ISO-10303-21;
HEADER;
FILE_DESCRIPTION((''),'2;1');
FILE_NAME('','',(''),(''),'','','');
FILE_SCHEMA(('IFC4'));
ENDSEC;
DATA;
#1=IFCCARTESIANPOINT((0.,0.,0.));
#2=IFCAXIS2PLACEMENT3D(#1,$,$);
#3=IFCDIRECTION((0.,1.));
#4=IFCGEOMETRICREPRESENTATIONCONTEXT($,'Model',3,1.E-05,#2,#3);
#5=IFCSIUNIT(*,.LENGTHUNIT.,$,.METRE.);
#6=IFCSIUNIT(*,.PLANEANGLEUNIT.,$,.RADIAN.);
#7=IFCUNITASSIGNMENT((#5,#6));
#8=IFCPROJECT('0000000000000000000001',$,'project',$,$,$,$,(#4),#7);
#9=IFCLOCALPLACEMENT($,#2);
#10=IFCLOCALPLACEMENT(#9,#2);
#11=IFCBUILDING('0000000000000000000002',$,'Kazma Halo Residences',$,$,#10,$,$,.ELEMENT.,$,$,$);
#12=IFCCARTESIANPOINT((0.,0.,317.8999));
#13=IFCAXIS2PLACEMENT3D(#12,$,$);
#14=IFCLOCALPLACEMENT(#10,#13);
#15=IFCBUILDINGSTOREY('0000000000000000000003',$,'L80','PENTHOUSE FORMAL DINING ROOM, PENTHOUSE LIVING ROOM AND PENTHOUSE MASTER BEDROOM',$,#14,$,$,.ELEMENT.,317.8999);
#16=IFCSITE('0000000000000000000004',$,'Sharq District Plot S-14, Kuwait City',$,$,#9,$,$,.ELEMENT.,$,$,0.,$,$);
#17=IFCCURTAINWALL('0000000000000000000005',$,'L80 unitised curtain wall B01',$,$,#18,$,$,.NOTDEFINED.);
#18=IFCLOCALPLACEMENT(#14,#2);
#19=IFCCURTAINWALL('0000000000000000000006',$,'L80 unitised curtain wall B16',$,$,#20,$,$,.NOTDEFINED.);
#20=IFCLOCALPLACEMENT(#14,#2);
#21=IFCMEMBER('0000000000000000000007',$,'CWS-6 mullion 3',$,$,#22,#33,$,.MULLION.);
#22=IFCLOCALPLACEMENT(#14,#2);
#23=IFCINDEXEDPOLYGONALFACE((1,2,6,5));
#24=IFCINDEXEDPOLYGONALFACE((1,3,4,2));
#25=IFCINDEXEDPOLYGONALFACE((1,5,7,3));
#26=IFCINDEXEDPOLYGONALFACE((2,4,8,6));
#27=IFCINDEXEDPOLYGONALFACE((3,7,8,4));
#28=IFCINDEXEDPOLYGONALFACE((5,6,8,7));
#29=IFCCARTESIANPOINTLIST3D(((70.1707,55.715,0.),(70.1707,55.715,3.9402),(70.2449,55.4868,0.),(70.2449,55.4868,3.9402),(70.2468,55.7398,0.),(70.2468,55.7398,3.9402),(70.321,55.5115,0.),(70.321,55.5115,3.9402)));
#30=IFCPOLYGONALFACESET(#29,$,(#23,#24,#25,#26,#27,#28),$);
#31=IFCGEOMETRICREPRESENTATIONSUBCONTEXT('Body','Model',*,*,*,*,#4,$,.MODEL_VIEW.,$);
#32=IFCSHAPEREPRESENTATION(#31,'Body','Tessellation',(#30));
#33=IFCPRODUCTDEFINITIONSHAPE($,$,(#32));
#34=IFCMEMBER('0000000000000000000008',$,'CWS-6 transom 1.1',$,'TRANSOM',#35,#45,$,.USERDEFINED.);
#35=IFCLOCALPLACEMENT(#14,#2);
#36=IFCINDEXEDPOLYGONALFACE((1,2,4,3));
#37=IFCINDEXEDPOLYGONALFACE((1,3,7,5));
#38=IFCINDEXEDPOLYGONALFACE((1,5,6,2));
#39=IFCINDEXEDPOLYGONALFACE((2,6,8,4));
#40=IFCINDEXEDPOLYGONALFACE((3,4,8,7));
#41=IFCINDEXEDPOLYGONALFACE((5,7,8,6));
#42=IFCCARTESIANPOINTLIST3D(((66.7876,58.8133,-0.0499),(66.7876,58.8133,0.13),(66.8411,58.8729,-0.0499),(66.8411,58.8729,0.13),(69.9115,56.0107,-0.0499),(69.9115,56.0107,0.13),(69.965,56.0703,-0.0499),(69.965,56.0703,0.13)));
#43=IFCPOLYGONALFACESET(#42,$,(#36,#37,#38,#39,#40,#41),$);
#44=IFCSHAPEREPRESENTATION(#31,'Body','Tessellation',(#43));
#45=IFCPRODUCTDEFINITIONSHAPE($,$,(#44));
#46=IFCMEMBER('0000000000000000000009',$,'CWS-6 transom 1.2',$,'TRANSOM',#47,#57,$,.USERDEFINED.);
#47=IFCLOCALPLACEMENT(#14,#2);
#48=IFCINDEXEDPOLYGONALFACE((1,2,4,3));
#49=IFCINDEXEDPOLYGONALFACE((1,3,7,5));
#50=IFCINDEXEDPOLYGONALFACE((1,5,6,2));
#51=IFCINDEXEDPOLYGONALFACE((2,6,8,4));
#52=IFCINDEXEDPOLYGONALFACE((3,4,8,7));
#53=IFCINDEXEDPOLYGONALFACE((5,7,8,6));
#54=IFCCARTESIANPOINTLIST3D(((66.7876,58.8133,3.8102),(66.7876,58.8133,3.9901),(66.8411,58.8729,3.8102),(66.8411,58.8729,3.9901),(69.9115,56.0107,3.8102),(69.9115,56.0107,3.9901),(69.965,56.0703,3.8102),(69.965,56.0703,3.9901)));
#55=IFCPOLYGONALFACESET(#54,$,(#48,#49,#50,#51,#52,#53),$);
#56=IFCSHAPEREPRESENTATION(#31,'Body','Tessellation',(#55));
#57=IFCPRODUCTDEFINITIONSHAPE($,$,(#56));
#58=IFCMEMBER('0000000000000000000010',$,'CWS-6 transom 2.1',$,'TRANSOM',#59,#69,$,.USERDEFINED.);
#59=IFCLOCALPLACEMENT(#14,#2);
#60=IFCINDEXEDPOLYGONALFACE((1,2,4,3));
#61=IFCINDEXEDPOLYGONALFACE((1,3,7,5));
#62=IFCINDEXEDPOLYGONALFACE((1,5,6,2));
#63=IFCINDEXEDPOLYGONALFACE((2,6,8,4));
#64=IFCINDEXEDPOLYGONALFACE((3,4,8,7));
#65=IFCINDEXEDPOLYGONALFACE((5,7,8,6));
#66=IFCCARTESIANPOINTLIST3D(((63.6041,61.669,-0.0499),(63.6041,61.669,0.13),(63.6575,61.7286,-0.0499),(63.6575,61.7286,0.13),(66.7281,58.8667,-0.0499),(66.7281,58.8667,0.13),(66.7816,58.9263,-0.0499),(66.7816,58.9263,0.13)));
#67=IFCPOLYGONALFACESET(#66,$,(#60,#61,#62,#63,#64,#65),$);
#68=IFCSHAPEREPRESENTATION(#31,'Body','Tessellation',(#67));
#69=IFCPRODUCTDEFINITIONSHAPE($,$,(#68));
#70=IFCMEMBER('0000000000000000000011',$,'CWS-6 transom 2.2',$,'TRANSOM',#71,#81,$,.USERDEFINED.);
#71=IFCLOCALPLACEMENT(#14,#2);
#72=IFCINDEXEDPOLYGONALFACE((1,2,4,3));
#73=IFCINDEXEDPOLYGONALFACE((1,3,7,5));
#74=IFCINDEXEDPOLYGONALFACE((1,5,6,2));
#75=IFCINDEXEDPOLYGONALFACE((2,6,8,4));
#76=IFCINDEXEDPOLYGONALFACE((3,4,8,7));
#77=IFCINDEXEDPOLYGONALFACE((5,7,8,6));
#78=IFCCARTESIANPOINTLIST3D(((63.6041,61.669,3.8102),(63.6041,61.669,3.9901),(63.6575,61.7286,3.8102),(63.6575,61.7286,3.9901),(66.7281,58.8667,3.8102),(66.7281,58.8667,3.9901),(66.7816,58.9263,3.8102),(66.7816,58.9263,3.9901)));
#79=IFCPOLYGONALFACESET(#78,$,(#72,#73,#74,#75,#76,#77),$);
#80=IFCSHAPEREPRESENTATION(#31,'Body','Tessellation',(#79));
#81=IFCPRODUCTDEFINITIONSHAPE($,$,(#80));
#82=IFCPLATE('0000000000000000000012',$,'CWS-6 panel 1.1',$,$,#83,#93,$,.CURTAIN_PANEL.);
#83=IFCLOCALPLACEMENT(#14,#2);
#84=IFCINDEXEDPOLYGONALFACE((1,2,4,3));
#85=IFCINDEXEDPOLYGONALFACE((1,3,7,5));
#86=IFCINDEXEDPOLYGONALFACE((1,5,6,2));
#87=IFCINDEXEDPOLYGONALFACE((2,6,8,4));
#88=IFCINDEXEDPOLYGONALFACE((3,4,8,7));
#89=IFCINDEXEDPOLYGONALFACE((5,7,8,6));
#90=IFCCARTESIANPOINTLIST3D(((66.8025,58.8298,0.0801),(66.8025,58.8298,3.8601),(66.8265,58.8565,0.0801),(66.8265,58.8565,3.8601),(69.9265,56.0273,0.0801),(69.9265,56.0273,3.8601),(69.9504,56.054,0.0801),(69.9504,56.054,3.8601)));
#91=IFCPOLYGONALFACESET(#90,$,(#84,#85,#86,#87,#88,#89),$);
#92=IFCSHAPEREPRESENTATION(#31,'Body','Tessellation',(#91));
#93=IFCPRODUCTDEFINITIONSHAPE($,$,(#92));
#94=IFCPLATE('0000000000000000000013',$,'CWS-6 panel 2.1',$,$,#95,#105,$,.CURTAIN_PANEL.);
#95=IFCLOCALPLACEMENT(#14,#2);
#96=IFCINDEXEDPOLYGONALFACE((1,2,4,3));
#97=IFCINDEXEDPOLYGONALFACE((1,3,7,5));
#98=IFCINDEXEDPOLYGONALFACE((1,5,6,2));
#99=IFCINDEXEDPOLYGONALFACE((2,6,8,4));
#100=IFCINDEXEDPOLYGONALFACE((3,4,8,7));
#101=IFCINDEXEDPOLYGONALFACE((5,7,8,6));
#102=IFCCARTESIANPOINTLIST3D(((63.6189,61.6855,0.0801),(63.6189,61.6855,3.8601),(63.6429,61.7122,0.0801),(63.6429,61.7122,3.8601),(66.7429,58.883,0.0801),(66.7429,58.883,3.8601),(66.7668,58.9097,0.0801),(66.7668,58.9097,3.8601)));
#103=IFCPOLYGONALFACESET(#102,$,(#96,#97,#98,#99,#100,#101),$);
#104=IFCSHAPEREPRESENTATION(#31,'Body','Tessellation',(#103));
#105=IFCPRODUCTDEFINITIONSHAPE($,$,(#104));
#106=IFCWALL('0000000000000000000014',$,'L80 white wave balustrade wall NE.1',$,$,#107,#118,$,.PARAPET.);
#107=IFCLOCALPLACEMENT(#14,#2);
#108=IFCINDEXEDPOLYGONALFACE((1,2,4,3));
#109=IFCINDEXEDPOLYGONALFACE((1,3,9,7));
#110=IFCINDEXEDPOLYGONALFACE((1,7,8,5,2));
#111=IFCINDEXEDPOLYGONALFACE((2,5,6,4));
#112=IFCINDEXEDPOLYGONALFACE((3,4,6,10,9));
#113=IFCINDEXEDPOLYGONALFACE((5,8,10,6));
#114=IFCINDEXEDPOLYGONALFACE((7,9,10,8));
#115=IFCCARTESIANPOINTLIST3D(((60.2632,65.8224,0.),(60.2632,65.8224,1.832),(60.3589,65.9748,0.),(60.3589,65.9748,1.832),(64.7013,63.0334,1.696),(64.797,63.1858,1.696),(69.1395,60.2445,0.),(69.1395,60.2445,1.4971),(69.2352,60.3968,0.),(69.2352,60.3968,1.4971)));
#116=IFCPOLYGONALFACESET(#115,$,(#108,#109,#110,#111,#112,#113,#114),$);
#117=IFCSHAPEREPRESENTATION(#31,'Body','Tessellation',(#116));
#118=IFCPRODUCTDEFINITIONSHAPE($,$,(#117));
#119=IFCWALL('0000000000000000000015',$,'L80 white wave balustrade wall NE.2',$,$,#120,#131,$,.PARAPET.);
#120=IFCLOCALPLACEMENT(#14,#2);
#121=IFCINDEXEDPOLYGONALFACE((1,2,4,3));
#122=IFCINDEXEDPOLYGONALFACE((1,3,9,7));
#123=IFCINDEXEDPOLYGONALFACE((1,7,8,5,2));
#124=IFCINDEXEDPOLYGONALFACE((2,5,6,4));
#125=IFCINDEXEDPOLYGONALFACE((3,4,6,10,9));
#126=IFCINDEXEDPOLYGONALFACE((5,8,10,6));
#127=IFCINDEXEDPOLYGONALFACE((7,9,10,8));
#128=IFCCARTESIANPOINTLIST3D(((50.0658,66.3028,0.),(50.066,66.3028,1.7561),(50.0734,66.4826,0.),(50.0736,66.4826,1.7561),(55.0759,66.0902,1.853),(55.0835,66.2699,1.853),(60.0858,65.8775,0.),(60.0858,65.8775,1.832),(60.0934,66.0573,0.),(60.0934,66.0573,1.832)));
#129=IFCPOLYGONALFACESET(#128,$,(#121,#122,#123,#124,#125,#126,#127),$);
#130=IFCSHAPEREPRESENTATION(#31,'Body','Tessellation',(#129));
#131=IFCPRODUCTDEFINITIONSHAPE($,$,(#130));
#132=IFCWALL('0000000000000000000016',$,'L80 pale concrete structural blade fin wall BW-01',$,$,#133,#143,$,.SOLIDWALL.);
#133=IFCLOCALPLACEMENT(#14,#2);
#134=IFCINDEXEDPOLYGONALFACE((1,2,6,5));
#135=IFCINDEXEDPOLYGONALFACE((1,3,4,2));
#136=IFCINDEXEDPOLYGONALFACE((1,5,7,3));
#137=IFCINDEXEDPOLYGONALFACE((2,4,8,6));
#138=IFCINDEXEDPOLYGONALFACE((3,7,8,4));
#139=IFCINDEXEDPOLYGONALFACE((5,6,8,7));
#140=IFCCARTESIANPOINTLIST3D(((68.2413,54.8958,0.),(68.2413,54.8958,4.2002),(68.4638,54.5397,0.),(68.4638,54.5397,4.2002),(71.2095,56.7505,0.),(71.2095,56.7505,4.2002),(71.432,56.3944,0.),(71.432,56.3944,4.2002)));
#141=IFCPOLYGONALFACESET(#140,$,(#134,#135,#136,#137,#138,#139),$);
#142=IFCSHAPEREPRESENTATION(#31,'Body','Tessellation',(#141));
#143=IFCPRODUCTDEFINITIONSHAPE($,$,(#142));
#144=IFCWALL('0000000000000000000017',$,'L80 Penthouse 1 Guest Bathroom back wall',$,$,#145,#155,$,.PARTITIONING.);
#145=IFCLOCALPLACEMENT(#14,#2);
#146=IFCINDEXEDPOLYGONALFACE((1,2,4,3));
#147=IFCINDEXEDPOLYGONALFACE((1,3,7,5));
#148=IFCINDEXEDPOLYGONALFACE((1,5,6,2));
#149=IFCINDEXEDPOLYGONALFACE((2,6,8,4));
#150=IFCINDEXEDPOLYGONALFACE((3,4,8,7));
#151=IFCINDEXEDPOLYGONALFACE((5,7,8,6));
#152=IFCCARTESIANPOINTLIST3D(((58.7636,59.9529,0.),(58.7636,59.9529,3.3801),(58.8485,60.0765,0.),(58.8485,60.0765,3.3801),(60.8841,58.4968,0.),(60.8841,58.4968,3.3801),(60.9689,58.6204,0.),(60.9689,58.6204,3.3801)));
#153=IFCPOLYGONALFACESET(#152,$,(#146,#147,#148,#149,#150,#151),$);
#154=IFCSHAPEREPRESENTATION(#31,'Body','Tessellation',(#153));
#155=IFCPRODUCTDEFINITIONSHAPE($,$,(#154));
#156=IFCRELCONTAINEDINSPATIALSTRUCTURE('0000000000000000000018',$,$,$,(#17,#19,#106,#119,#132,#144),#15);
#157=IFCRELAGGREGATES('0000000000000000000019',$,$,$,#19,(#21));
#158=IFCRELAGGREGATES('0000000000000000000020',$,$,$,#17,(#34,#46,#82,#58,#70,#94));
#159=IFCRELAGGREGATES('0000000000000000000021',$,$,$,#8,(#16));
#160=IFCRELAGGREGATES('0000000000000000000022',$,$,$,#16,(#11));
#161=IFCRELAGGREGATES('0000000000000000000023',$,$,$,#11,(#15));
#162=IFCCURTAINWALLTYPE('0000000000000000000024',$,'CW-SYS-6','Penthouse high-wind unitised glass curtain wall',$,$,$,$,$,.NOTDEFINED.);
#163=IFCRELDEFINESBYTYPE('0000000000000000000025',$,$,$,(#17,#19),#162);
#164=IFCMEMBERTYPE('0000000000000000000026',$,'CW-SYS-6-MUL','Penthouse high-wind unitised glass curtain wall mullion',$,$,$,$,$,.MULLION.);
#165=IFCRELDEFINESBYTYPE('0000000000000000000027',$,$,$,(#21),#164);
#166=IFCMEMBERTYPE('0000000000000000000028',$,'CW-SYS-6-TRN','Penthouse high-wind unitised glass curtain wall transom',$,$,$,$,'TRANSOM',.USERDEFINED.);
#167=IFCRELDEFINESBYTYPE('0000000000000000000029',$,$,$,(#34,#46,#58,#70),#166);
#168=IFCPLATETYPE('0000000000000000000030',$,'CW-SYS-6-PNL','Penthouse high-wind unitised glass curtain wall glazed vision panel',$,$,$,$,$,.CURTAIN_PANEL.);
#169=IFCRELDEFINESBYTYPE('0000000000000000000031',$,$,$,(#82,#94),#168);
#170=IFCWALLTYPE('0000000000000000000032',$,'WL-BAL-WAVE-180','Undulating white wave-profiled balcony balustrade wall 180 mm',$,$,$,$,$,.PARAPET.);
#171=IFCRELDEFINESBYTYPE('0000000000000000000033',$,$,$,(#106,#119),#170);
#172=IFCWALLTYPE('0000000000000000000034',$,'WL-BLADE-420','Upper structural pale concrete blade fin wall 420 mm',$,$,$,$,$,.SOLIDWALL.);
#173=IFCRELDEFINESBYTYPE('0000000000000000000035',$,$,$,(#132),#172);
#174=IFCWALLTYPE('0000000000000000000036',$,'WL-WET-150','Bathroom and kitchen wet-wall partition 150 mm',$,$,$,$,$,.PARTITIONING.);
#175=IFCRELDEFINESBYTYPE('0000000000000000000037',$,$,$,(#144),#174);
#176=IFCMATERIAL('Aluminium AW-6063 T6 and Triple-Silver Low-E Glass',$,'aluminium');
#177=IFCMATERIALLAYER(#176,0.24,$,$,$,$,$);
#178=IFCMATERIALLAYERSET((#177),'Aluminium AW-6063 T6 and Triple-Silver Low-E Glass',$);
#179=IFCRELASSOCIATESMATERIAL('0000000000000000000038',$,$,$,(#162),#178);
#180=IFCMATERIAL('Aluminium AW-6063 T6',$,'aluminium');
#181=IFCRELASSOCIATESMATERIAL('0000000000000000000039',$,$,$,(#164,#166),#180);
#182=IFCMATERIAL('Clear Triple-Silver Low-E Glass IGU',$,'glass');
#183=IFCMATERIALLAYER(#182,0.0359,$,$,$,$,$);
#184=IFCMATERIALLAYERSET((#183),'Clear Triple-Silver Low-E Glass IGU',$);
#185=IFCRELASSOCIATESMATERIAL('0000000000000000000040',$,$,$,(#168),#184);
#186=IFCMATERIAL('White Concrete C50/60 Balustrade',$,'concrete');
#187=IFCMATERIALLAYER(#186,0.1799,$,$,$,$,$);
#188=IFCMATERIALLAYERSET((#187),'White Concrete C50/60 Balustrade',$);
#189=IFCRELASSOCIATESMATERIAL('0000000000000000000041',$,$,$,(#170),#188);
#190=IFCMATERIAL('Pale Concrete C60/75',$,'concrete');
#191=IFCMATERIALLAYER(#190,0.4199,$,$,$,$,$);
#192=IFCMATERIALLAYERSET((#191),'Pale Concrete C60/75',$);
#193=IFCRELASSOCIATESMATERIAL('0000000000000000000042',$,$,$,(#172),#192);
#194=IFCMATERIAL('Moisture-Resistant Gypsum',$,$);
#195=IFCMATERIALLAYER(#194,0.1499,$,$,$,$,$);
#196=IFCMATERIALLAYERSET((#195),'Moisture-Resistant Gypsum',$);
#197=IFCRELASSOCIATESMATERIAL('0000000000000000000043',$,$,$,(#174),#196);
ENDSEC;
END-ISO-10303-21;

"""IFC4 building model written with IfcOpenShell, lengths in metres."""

from ifc_helpers import new_model, si_unit, direction, frame, frame_2d, origin, origin_2d, place, context, subcontext, project, spatial, polyline, rectangle, outline, extrude, material, layer, layer_set, material_profile, profile_set, type_object, element, aggregate, save


model = new_model("IFC4")

# Units and contexts
model_context = context("Model", 3, precision=1e-05, world=origin(), true_north=direction((0.0, 1.0)))
body_context = subcontext(model_context, "Body", "Model", "MODEL_VIEW")
ifc_project = project(units=[si_unit("LENGTHUNIT", "METRE"), si_unit("PLANEANGLEUNIT", "RADIAN")], contexts=[model_context])

# Site, building, storey
site_placement = place(None, origin())
site = spatial("IfcSite", under=ifc_project, at=site_placement, Name="Sharq District Plot S-14, Kuwait City", CompositionType="ELEMENT", RefElevation=0.0)
building_placement = place(site_placement, origin())
building = spatial("IfcBuilding", under=site, at=building_placement, Name="Kazma Halo Residences", CompositionType="ELEMENT")
storey_placement = place(building_placement, frame((0.0, 0.0, 317.8999)))
storey = spatial("IfcBuildingStorey", under=building, at=storey_placement, Name="L80", Description="PENTHOUSE FORMAL DINING ROOM, PENTHOUSE LIVING ROOM AND PENTHOUSE MASTER BEDROOM", CompositionType="ELEMENT", Elevation=317.8999)

# Curtain wall
ifc_material_1 = material(Name="Aluminium AW-6063 T6 and Triple-Silver Low-E Glass", Category="aluminium")
ifc_layer_1 = layer(ifc_material_1, 0.24)
ifc_layer_set_1 = layer_set([ifc_layer_1], Name="Aluminium AW-6063 T6 and Triple-Silver Low-E Glass")
curtain_wall_type = type_object("IfcCurtainWallType", Name="CW-SYS-6", Description="Penthouse high-wind unitised glass curtain wall", PredefinedType="NOTDEFINED", material=ifc_layer_set_1)
curtain_wall_1_placement = place(storey_placement, origin())
curtain_wall_1 = element("IfcCurtainWall", 1, at=curtain_wall_1_placement, inside=storey, type_object=curtain_wall_type, Name="L80 unitised curtain wall B01", PredefinedType="NOTDEFINED")
ifc_material_2 = material(Name="Aluminium AW-6063 T6", Category="aluminium")
ifc_material_profile_1 = material_profile(ifc_material_2, rectangle(XDim=0.0801, YDim=0.24, at=origin_2d()), Name="CWM-80x240")
ifc_profile_set_1 = profile_set([ifc_material_profile_1], Name="Aluminium AW-6063 T6")
member_type_1 = type_object("IfcMemberType", Name="CW-SYS-6-MUL", Description="Penthouse high-wind unitised glass curtain wall mullion", PredefinedType="MULLION", material=ifc_profile_set_1)

# Curtain wall, member
curtain_wall_2_placement = place(storey_placement, origin())
curtain_wall_2 = element("IfcCurtainWall", 2, at=curtain_wall_2_placement, inside=storey, type_object=curtain_wall_type, Name="L80 unitised curtain wall B16", PredefinedType="NOTDEFINED")
member_1_placement = place(storey_placement, frame((70.2458, 55.6133, 0.0), z_axis=(0.0, 0.0, 1.0), x_axis=(-0.951056, -0.309019, 0.0)))
member_1 = element("IfcMember", 3, at=member_1_placement, type_object=member_type_1, Name="CWS-6 mullion 3", PredefinedType="MULLION", context=body_context, shape_type="SweptSolid", body=[
    extrude(rectangle(XDim=0.0801, YDim=0.24, at=origin_2d()), origin(), (0.0, 0.0, 1.0), 3.9402),
])
aggregate(curtain_wall_2, [member_1])

# Members
ifc_material_profile_2 = material_profile(ifc_material_2, rectangle(XDim=0.0801, YDim=0.1799, at=origin_2d()), Name="CWT-80x180")
ifc_profile_set_2 = profile_set([ifc_material_profile_2], Name="Aluminium AW-6063 T6")
member_type_2 = type_object("IfcMemberType", Name="CW-SYS-6-TRN", Description="Penthouse high-wind unitised glass curtain wall transom", ElementType="TRANSOM", PredefinedType="USERDEFINED", material=ifc_profile_set_2)
member_2_placement = place(storey_placement, frame((69.9382, 56.0405, 0.04), z_axis=(-0.744349, 0.667791, 0.0), x_axis=(-0.667791, -0.744349, 0.0)))
member_2 = element("IfcMember", 4, at=member_2_placement, type_object=member_type_2, Name="CWS-6 transom 1.1", ObjectType="TRANSOM", PredefinedType="USERDEFINED", context=body_context, shape_type="SweptSolid", body=[
    extrude(rectangle(XDim=0.0801, YDim=0.1799, at=origin_2d()), origin(), (0.0, 0.0, 1.0), 4.1968),
])
member_3_placement = place(storey_placement, frame((69.9382, 56.0405, 3.9001), z_axis=(-0.744349, 0.667791, 0.0), x_axis=(-0.667791, -0.744349, 0.0)))
member_3 = element("IfcMember", 5, at=member_3_placement, type_object=member_type_2, Name="CWS-6 transom 1.2", ObjectType="TRANSOM", PredefinedType="USERDEFINED", context=body_context, shape_type="SweptSolid", body=[
    extrude(rectangle(XDim=0.0801, YDim=0.1799, at=origin_2d()), origin(), (0.0, 0.0, 1.0), 4.1968),
])
member_4_placement = place(storey_placement, frame((66.7549, 58.8965, 0.04), z_axis=(-0.744404, 0.66773, 0.0), x_axis=(-0.66773, -0.744404, 0.0)))
member_4 = element("IfcMember", 6, at=member_4_placement, type_object=member_type_2, Name="CWS-6 transom 2.1", ObjectType="TRANSOM", PredefinedType="USERDEFINED", context=body_context, shape_type="SweptSolid", body=[
    extrude(rectangle(XDim=0.0801, YDim=0.1799, at=origin_2d()), origin(), (0.0, 0.0, 1.0), 4.1968),
])
member_5_placement = place(storey_placement, frame((66.7549, 58.8965, 3.9001), z_axis=(-0.744404, 0.66773, 0.0), x_axis=(-0.66773, -0.744404, 0.0)))
member_5 = element("IfcMember", 7, at=member_5_placement, type_object=member_type_2, Name="CWS-6 transom 2.2", ObjectType="TRANSOM", PredefinedType="USERDEFINED", context=body_context, shape_type="SweptSolid", body=[
    extrude(rectangle(XDim=0.0801, YDim=0.1799, at=origin_2d()), origin(), (0.0, 0.0, 1.0), 4.1968),
])

# Plates
ifc_material_3 = material(Name="Clear Triple-Silver Low-E Glass IGU", Category="glass")
ifc_layer_2 = layer(ifc_material_3, 0.0359)
ifc_layer_set_2 = layer_set([ifc_layer_2], Name="Clear Triple-Silver Low-E Glass IGU")
plate_type = type_object("IfcPlateType", Name="CW-SYS-6-PNL", Description="Penthouse high-wind unitised glass curtain wall glazed vision panel", PredefinedType="CURTAIN_PANEL", material=ifc_layer_set_2)
plate_1_placement = place(storey_placement, frame((68.3765, 57.4419, 0.0801), z_axis=(0.0, 0.0, 1.0), x_axis=(-0.744379, 0.667758, 0.0)))
plate_1 = element("IfcPlate", 8, at=plate_1_placement, type_object=plate_type, Name="CWS-6 panel 1.1", PredefinedType="CURTAIN_PANEL", context=body_context, shape_type="SweptSolid", body=[
    extrude(rectangle(XDim=4.1968, YDim=0.0359, at=origin_2d()), origin(), (0.0, 0.0, 1.0), 3.78),
])
plate_2_placement = place(storey_placement, frame((65.1929, 60.2976, 0.0801), z_axis=(0.0, 0.0, 1.0), x_axis=(-0.744379, 0.667758, 0.0)))
plate_2 = element("IfcPlate", 9, at=plate_2_placement, type_object=plate_type, Name="CWS-6 panel 2.1", PredefinedType="CURTAIN_PANEL", context=body_context, shape_type="SweptSolid", body=[
    extrude(rectangle(XDim=4.1968, YDim=0.0359, at=origin_2d()), origin(), (0.0, 0.0, 1.0), 3.78),
])
aggregate(curtain_wall_1, [member_2, member_3, plate_1, member_4, member_5, plate_2])

# Walls
ifc_material_4 = material(Name="White Concrete C50/60 Balustrade", Category="concrete")
ifc_layer_3 = layer(ifc_material_4, 0.1799)
ifc_layer_set_3 = layer_set([ifc_layer_3], Name="White Concrete C50/60 Balustrade")
wall_type_1 = type_object("IfcWallType", Name="WL-BAL-WAVE-180", Description="Undulating white wave-profiled balcony balustrade wall 180 mm", PredefinedType="PARAPET", material=ifc_layer_set_3)
wall_1_placement = place(storey_placement, frame((69.1873, 60.3206, 0.0), z_axis=(0.0, 0.0, 1.0), x_axis=(-0.846699, 0.532072, 0.0)))
element("IfcWall", 10, at=wall_1_placement, inside=storey, type_object=wall_type_1, Name="L80 white wave balustrade wall NE.1", PredefinedType="PARAPET", context=body_context, shape_type="SweptSolid", body=[
    extrude(outline(polyline([(0.0, 0.0), (10.4834, 0.0), (10.4834, 1.832), (5.2417, 1.696), (0.0, 1.4971), (0.0, 0.0)])), frame((0.0, 0.0898, 0.0), z_axis=(0.0, -1.0, 0.0), x_axis=(1.0, 0.0, 0.0)), (0.0, 0.0, 1.0), 0.1799),
])
wall_2_placement = place(storey_placement, frame((60.0896, 65.9673, 0.0), z_axis=(0.0, 0.0, 1.0), x_axis=(-0.9991, 0.042406, 0.0)))
element("IfcWall", 11, at=wall_2_placement, inside=storey, type_object=wall_type_1, Name="L80 white wave balustrade wall NE.2", PredefinedType="PARAPET", context=body_context, shape_type="SweptSolid", body=[
    extrude(outline(polyline([(0.0, 0.0), (10.0291, 0.0), (10.0288, 1.7561), (5.0144, 1.853), (0.0, 1.832), (0.0, 0.0)])), frame((0.0, 0.0898, 0.0), z_axis=(0.0, -1.0, 0.0), x_axis=(1.0, 0.0, 0.0)), (0.0, 0.0, 1.0), 0.1799),
])
ifc_material_5 = material(Name="Pale Concrete C60/75", Category="concrete")
ifc_layer_4 = layer(ifc_material_5, 0.4199)
ifc_layer_set_4 = layer_set([ifc_layer_4], Name="Pale Concrete C60/75")
wall_type_2 = type_object("IfcWallType", Name="WL-BLADE-420", Description="Upper structural pale concrete blade fin wall 420 mm", PredefinedType="SOLIDWALL", material=ifc_layer_set_4)
wall_3_placement = place(storey_placement, frame((68.3525, 54.7178, 0.0), z_axis=(0.0, 0.0, 1.0), x_axis=(0.848053, 0.529911, 0.0)))
element("IfcWall", 12, at=wall_3_placement, inside=storey, type_object=wall_type_2, Name="L80 pale concrete structural blade fin wall BW-01", PredefinedType="SOLIDWALL", context=body_context, shape_type="SweptSolid", body=[
    extrude(rectangle(XDim=3.5, YDim=0.4199, at=frame_2d((1.75, 0.0))), origin(), (0.0, 0.0, 1.0), 4.2002),
])

# Wall
ifc_material_6 = material(Name="Moisture-Resistant Gypsum")
ifc_layer_5 = layer(ifc_material_6, 0.1499)
ifc_layer_set_5 = layer_set([ifc_layer_5], Name="Moisture-Resistant Gypsum")
wall_type_3 = type_object("IfcWallType", Name="WL-WET-150", Description="Bathroom and kitchen wet-wall partition 150 mm", PredefinedType="PARTITIONING", material=ifc_layer_set_5)
wall_4_placement = place(storey_placement, frame((60.9265, 58.5586, 0.0), z_axis=(0.0, 0.0, 1.0), x_axis=(-0.824349, 0.566082, 0.0)))
element("IfcWall", 13, at=wall_4_placement, inside=storey, type_object=wall_type_3, Name="L80 Penthouse 1 Guest Bathroom back wall", PredefinedType="PARTITIONING", context=body_context, shape_type="SweptSolid", body=[
    extrude(rectangle(XDim=2.5723, YDim=0.1499, at=frame_2d((1.2861, 0.0))), origin(), (0.0, 0.0, 1.0), 3.3801),
])

save(model, "model.ifc")
